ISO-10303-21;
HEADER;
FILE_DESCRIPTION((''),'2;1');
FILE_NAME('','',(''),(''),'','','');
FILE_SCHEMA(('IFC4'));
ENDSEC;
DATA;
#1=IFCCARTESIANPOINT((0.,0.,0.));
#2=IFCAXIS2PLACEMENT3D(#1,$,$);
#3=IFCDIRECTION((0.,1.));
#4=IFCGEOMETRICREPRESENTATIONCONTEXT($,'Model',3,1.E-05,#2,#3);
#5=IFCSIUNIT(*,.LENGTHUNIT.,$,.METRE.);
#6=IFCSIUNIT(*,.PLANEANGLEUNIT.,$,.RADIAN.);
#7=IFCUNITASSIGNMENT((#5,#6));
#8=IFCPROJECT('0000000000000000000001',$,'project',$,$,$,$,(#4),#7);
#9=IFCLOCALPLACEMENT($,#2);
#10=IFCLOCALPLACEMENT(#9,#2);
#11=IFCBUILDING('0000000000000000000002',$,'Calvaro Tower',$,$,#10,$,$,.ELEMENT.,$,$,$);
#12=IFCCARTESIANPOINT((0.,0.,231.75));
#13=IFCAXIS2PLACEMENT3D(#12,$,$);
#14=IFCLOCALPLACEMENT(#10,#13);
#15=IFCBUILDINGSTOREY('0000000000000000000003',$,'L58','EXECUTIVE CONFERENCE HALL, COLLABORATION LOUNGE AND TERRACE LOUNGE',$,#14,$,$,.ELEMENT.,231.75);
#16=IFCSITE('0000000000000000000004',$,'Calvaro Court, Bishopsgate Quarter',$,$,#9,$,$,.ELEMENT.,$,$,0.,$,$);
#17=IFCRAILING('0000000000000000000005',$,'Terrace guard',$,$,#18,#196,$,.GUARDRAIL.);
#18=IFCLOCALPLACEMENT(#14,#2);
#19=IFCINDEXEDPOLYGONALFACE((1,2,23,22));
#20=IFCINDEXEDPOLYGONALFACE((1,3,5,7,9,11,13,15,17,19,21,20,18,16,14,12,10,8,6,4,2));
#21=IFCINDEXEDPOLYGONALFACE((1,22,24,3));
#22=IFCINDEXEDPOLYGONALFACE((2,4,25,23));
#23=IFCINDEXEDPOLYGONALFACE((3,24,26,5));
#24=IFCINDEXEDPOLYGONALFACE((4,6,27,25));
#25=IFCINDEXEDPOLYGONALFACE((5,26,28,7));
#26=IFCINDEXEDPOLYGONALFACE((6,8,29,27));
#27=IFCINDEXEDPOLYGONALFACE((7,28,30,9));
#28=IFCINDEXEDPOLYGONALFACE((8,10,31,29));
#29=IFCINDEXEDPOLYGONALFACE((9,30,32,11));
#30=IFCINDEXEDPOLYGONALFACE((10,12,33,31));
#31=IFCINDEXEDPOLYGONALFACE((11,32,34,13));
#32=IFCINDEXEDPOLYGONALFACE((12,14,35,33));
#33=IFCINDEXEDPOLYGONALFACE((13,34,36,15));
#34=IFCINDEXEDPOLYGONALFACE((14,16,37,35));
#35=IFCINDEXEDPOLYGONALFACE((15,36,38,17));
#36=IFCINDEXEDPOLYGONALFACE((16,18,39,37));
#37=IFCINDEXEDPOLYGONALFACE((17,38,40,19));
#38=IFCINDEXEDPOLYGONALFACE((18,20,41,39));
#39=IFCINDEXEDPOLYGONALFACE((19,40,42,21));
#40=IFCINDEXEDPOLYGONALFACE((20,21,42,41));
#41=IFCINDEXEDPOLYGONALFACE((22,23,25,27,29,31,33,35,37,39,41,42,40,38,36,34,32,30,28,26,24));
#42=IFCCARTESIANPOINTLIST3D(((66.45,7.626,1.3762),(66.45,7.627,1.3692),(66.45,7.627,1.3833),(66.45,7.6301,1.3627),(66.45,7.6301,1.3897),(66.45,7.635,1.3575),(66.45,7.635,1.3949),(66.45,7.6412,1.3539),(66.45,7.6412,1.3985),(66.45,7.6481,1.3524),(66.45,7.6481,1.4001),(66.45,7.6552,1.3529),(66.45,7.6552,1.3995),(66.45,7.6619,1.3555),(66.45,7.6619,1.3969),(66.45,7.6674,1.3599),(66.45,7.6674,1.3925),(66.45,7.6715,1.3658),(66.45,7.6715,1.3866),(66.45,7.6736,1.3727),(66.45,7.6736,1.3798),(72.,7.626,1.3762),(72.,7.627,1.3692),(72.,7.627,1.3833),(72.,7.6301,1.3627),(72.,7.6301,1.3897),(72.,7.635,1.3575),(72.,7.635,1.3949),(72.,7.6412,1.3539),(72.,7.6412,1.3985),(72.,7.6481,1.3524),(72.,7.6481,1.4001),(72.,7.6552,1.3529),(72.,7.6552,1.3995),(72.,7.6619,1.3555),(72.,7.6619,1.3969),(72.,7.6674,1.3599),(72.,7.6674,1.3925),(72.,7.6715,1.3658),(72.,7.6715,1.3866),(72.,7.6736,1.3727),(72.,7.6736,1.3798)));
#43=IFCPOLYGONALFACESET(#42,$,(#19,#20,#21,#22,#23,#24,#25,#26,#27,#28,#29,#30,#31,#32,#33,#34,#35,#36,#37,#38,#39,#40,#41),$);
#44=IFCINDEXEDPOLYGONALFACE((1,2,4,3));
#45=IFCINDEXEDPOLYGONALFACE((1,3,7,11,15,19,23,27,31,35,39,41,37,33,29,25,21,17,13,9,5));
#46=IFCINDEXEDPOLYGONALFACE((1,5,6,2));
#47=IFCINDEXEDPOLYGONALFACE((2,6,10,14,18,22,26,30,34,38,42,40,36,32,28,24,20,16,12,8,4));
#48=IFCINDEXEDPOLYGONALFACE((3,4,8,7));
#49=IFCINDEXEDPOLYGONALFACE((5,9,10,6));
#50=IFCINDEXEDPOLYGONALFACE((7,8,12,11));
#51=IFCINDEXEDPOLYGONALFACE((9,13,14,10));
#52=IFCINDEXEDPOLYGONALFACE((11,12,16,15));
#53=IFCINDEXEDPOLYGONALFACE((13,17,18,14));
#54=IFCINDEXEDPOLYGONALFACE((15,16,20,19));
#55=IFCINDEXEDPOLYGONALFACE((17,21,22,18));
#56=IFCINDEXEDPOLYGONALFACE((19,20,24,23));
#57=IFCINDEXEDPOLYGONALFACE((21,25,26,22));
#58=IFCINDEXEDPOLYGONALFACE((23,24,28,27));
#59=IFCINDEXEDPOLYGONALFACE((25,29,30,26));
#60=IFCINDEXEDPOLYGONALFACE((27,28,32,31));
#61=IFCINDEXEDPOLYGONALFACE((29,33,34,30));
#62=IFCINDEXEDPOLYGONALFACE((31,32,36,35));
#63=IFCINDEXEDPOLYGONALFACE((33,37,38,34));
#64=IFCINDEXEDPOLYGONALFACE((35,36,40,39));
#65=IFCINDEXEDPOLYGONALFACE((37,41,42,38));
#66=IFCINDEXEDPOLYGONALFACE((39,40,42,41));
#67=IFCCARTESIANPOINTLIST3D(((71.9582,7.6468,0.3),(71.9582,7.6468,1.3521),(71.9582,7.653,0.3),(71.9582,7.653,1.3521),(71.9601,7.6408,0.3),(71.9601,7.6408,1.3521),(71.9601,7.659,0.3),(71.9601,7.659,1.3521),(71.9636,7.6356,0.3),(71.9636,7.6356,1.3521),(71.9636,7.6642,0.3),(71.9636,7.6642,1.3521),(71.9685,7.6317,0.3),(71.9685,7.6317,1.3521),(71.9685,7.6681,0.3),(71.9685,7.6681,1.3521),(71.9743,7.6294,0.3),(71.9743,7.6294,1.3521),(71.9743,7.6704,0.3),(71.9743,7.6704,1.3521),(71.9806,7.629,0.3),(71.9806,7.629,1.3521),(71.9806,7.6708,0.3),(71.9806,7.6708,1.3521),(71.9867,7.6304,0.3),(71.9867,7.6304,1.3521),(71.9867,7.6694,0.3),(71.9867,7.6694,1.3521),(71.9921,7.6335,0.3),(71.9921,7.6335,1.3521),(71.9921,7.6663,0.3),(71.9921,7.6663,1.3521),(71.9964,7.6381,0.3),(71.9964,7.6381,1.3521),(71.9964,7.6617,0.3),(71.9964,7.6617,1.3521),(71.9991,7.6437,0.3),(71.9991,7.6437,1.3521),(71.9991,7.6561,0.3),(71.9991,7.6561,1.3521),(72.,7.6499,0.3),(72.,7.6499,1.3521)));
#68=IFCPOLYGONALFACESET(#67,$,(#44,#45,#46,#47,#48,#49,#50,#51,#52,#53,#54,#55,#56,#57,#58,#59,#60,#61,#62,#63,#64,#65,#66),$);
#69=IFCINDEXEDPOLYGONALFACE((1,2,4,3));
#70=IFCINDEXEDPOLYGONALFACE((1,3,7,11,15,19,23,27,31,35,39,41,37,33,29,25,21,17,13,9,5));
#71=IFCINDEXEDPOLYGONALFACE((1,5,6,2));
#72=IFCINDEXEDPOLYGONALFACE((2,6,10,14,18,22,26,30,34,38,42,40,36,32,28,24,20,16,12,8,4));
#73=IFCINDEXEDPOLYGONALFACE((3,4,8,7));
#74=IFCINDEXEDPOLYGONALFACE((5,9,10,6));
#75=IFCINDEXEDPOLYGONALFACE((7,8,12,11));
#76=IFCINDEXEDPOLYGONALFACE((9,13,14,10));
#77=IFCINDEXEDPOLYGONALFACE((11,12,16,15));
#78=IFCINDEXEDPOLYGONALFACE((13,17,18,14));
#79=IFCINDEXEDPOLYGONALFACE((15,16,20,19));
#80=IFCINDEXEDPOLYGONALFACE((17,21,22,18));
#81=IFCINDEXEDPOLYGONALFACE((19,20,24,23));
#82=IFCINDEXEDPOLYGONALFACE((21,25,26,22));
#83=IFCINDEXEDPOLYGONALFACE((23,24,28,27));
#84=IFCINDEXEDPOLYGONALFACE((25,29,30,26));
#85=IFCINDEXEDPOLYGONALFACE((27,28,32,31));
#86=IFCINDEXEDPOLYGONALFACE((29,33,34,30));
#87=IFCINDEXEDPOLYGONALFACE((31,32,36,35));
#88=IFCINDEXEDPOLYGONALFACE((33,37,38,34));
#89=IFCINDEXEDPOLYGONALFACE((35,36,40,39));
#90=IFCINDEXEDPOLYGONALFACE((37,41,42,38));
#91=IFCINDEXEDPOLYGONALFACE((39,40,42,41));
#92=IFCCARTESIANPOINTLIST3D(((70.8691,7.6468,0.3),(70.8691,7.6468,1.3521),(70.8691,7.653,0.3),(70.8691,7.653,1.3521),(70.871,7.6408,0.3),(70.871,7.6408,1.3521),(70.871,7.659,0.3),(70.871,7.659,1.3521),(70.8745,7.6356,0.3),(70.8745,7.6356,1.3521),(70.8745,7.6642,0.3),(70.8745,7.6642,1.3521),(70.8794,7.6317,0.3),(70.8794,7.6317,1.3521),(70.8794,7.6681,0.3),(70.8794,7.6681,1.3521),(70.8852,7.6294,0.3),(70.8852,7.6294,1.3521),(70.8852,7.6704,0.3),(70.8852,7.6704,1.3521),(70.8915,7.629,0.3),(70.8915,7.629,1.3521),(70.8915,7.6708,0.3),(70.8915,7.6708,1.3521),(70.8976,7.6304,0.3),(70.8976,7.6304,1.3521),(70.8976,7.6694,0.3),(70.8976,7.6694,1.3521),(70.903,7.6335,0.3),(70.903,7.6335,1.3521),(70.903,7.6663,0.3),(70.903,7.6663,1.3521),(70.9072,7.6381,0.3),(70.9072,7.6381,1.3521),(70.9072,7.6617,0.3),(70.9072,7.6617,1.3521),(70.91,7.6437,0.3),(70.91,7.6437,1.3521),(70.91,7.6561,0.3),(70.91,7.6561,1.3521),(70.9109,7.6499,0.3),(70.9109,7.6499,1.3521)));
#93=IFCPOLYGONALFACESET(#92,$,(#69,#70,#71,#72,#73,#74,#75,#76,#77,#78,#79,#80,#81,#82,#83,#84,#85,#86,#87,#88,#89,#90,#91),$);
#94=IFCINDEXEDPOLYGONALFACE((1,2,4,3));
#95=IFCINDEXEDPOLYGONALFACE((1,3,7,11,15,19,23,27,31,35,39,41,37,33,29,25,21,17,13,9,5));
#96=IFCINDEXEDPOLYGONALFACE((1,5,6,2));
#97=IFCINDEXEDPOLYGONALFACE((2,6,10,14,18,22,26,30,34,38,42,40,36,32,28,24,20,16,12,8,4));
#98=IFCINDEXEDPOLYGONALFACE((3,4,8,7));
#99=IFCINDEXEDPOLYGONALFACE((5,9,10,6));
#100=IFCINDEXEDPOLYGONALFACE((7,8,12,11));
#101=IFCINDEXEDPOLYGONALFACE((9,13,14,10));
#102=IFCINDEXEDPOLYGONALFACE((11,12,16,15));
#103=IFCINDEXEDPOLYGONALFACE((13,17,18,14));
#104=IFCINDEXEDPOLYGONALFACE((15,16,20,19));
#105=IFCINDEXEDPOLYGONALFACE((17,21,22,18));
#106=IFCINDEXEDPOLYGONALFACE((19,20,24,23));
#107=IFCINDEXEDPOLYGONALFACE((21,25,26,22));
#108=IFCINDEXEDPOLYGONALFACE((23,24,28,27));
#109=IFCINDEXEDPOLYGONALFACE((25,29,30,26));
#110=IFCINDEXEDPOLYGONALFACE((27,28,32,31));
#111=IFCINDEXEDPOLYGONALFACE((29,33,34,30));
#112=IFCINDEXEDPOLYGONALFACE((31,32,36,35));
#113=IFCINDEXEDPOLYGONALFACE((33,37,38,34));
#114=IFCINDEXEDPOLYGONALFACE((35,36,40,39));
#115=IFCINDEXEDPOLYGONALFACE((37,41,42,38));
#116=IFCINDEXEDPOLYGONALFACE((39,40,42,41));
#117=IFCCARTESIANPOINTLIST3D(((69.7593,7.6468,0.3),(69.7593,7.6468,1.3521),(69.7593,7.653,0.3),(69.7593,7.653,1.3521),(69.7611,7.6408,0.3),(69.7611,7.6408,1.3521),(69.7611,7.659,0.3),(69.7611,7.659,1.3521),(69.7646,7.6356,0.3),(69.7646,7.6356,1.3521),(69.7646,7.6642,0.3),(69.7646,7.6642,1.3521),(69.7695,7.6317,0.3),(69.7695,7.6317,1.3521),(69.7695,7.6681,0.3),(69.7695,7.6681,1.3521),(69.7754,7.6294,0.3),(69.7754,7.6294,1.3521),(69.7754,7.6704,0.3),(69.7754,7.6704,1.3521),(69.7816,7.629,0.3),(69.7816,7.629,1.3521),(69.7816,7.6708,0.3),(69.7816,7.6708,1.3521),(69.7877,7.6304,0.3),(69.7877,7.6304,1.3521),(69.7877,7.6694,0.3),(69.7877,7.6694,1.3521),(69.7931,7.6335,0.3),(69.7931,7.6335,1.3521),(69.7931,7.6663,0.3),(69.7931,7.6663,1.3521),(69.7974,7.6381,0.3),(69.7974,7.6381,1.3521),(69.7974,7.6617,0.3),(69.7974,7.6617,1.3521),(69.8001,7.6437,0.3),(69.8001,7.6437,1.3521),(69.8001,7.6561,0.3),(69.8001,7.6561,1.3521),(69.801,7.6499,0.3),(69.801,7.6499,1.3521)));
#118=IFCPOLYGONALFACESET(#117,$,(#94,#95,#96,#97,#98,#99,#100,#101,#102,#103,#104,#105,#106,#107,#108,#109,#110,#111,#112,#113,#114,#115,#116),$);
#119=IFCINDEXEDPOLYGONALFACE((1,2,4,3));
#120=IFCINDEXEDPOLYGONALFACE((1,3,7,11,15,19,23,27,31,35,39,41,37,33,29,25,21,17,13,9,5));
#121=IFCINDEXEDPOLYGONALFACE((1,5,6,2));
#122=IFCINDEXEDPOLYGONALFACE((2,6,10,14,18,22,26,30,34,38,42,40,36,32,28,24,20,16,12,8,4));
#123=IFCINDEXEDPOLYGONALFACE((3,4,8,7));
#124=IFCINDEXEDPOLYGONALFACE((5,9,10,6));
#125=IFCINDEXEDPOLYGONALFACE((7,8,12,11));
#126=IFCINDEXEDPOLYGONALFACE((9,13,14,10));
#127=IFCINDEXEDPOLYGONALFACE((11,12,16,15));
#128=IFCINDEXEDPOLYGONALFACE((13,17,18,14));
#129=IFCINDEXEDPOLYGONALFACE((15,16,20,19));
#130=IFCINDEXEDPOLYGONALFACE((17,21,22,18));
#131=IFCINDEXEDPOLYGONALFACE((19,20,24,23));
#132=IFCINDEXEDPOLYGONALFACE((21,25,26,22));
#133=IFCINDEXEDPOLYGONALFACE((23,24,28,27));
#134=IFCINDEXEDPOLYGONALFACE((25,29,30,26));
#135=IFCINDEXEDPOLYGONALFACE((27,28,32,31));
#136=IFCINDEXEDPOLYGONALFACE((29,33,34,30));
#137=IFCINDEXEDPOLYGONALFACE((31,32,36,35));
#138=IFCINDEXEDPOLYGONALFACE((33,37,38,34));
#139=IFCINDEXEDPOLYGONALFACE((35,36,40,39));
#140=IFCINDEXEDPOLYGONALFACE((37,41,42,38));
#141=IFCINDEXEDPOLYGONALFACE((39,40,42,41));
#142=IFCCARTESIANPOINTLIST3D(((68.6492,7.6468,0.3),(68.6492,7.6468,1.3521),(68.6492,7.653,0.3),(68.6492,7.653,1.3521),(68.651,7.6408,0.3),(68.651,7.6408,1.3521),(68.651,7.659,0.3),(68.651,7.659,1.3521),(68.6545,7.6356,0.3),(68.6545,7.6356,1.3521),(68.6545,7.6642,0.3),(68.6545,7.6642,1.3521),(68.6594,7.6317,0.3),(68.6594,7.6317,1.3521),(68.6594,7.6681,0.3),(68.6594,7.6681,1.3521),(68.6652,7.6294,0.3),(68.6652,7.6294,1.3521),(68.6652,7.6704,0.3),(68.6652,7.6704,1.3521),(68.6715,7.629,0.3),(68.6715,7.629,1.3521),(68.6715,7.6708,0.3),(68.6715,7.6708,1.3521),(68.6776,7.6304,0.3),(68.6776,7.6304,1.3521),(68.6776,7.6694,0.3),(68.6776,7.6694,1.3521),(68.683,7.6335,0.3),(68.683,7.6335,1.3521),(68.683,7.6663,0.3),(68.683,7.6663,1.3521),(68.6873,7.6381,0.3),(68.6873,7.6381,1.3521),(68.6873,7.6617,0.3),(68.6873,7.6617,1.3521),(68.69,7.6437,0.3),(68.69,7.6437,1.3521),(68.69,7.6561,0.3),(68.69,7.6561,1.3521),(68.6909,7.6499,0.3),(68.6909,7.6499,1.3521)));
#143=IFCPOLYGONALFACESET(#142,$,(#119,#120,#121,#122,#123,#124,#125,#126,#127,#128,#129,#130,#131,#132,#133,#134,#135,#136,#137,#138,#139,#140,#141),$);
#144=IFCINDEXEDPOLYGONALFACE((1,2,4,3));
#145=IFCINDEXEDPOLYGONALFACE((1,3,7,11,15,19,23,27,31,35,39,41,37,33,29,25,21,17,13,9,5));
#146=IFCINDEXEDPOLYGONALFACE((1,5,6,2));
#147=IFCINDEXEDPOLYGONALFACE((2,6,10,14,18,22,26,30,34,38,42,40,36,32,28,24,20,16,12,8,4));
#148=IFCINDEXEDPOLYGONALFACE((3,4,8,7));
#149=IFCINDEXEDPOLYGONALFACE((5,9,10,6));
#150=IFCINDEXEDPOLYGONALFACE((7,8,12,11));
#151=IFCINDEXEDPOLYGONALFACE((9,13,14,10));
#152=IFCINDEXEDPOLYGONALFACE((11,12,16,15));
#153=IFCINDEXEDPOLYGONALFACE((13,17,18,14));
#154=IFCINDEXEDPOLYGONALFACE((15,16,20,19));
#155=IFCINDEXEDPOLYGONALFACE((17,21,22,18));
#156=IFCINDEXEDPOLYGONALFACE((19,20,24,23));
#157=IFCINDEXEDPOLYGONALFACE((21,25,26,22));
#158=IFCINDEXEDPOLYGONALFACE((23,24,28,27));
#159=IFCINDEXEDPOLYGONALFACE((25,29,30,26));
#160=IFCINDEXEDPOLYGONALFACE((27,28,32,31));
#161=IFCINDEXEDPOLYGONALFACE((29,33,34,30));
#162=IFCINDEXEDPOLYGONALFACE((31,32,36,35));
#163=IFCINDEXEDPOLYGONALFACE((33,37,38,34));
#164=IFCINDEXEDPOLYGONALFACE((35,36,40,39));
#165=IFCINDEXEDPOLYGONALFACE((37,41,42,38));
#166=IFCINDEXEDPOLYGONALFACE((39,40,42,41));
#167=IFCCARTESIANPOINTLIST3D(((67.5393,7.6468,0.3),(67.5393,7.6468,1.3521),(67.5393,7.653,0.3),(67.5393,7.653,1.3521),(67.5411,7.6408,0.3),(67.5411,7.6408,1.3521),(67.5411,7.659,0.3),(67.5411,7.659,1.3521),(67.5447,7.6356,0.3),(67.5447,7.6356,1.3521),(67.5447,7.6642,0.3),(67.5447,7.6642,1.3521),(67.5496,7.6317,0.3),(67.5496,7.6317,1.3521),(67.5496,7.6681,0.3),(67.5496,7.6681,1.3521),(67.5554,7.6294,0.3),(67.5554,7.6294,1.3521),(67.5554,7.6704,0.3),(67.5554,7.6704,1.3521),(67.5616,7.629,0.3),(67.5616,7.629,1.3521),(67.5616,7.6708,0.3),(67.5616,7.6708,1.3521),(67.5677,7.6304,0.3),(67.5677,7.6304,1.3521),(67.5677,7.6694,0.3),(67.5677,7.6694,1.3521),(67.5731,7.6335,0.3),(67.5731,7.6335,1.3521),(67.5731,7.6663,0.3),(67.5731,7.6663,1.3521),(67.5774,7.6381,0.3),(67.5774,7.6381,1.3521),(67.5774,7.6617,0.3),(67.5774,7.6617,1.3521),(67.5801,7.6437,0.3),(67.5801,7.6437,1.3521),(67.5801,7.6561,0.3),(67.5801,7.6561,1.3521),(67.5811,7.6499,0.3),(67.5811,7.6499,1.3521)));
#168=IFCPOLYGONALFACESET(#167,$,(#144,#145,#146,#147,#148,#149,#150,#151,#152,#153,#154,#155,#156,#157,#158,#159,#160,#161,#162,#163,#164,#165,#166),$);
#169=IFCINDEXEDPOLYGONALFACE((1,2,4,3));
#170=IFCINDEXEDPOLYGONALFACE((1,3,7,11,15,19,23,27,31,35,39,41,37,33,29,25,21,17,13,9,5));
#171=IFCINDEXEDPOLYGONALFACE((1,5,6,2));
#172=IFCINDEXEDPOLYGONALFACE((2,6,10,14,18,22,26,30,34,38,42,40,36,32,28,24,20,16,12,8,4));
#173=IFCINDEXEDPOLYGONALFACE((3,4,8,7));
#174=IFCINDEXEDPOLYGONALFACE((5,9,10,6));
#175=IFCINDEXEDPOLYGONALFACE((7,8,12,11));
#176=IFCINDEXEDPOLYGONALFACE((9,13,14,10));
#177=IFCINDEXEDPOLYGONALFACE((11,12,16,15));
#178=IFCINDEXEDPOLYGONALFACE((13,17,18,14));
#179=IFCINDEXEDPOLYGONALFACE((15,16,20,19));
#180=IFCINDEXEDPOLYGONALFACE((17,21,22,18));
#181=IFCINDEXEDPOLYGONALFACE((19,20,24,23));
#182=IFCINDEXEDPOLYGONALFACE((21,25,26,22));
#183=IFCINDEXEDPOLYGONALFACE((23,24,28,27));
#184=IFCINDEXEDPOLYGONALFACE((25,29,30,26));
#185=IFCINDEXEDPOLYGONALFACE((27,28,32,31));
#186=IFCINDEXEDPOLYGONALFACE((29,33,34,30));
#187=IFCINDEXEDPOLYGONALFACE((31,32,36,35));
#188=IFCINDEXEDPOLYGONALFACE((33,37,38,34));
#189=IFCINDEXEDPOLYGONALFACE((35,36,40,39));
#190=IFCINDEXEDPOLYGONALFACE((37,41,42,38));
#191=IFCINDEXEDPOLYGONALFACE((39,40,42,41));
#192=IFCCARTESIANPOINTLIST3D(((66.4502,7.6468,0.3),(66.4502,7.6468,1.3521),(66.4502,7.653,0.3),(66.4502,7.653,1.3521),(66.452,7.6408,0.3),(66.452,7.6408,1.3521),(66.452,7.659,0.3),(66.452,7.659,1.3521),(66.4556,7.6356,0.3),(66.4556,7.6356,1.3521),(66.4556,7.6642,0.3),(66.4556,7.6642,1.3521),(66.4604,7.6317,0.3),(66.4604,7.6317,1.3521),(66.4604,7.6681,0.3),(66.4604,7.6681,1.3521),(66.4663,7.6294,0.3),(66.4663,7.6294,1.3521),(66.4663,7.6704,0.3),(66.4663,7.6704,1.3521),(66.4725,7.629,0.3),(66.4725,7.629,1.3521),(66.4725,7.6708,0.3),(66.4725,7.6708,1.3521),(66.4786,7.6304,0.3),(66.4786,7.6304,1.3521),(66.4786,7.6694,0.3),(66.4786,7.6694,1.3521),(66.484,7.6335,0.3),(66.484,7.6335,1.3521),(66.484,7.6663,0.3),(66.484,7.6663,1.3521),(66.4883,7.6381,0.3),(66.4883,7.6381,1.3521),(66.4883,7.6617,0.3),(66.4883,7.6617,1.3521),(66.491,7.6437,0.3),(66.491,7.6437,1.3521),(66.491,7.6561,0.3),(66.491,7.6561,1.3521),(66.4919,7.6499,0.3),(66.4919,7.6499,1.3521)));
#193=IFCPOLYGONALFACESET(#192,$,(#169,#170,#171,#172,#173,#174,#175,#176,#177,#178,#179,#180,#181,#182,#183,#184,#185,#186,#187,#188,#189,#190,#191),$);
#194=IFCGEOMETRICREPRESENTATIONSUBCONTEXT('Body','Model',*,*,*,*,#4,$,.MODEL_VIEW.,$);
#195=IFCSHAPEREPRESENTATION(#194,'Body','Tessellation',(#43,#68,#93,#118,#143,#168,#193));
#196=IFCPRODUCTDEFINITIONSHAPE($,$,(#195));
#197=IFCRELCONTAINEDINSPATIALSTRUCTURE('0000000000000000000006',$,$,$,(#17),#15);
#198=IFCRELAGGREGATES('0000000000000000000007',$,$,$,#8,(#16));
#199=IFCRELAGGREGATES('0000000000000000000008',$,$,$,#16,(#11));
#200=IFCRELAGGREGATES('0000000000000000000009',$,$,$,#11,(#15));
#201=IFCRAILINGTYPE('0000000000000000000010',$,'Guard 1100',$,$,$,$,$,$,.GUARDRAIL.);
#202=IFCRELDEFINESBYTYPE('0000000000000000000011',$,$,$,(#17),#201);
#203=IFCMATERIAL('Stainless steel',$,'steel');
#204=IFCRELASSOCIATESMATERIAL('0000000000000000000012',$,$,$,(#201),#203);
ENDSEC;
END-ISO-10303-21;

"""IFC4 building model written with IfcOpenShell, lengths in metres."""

from ifc_helpers import new_model, si_unit, direction, frame, origin, origin_2d, place, context, subcontext, project, spatial, circle, extrude, material, type_object, element, save


model = new_model("IFC4")

# Units and contexts
model_context = context("Model", 3, precision=1e-05, world=origin(), true_north=direction((0.0, 1.0)))
body_context = subcontext(model_context, "Body", "Model", "MODEL_VIEW")
ifc_project = project(units=[si_unit("LENGTHUNIT", "METRE"), si_unit("PLANEANGLEUNIT", "RADIAN")], contexts=[model_context])

# Site, building, storey
site_placement = place(None, origin())
site = spatial("IfcSite", under=ifc_project, at=site_placement, Name="Calvaro Court, Bishopsgate Quarter", CompositionType="ELEMENT", RefElevation=0.0)
building_placement = place(site_placement, origin())
building = spatial("IfcBuilding", under=site, at=building_placement, Name="Calvaro Tower", CompositionType="ELEMENT")
storey_placement = place(building_placement, frame((0.0, 0.0, 231.75)))
storey = spatial("IfcBuildingStorey", under=building, at=storey_placement, Name="L58", Description="EXECUTIVE CONFERENCE HALL, COLLABORATION LOUNGE AND TERRACE LOUNGE", CompositionType="ELEMENT", Elevation=231.75)

# Railing
ifc_material_1 = material(Name="Stainless steel", Category="steel")
railing_type = type_object("IfcRailingType", Name="Guard 1100", PredefinedType="GUARDRAIL", material=ifc_material_1)
railing_1_placement = place(storey_placement, frame((72.0, 7.6499, 0.3)))
element("IfcRailing", 1, at=railing_1_placement, inside=storey, type_object=railing_type, Name="Terrace guard", PredefinedType="GUARDRAIL", context=body_context, shape_type="SweptSolid", body=[
    extrude(circle(Radius=0.0239, at=origin_2d()), frame((0.0, 0.0, 1.0762), z_axis=(-1.0, 0.0, 0.0), x_axis=(0.0, -1.0, 0.0)), (0.0, 0.0, 1.0), 5.55),
    extrude(circle(Radius=0.021, at=origin_2d()), frame((-0.021, 0.0, 0.0)), (0.0, 0.0, 1.0), 1.052),
    extrude(circle(Radius=0.021, at=origin_2d()), frame((-1.1101, 0.0, 0.0)), (0.0, 0.0, 1.0), 1.052),
    extrude(circle(Radius=0.021, at=origin_2d()), frame((-2.22, 0.0, 0.0)), (0.0, 0.0, 1.0), 1.052),
    extrude(circle(Radius=0.021, at=origin_2d()), frame((-3.3301, 0.0, 0.0)), (0.0, 0.0, 1.0), 1.052),
    extrude(circle(Radius=0.021, at=origin_2d()), frame((-4.4399, 0.0, 0.0)), (0.0, 0.0, 1.0), 1.052),
    extrude(circle(Radius=0.021, at=origin_2d()), frame((-5.5291, 0.0, 0.0)), (0.0, 0.0, 1.0), 1.052),
])

save(model, "model.ifc")
